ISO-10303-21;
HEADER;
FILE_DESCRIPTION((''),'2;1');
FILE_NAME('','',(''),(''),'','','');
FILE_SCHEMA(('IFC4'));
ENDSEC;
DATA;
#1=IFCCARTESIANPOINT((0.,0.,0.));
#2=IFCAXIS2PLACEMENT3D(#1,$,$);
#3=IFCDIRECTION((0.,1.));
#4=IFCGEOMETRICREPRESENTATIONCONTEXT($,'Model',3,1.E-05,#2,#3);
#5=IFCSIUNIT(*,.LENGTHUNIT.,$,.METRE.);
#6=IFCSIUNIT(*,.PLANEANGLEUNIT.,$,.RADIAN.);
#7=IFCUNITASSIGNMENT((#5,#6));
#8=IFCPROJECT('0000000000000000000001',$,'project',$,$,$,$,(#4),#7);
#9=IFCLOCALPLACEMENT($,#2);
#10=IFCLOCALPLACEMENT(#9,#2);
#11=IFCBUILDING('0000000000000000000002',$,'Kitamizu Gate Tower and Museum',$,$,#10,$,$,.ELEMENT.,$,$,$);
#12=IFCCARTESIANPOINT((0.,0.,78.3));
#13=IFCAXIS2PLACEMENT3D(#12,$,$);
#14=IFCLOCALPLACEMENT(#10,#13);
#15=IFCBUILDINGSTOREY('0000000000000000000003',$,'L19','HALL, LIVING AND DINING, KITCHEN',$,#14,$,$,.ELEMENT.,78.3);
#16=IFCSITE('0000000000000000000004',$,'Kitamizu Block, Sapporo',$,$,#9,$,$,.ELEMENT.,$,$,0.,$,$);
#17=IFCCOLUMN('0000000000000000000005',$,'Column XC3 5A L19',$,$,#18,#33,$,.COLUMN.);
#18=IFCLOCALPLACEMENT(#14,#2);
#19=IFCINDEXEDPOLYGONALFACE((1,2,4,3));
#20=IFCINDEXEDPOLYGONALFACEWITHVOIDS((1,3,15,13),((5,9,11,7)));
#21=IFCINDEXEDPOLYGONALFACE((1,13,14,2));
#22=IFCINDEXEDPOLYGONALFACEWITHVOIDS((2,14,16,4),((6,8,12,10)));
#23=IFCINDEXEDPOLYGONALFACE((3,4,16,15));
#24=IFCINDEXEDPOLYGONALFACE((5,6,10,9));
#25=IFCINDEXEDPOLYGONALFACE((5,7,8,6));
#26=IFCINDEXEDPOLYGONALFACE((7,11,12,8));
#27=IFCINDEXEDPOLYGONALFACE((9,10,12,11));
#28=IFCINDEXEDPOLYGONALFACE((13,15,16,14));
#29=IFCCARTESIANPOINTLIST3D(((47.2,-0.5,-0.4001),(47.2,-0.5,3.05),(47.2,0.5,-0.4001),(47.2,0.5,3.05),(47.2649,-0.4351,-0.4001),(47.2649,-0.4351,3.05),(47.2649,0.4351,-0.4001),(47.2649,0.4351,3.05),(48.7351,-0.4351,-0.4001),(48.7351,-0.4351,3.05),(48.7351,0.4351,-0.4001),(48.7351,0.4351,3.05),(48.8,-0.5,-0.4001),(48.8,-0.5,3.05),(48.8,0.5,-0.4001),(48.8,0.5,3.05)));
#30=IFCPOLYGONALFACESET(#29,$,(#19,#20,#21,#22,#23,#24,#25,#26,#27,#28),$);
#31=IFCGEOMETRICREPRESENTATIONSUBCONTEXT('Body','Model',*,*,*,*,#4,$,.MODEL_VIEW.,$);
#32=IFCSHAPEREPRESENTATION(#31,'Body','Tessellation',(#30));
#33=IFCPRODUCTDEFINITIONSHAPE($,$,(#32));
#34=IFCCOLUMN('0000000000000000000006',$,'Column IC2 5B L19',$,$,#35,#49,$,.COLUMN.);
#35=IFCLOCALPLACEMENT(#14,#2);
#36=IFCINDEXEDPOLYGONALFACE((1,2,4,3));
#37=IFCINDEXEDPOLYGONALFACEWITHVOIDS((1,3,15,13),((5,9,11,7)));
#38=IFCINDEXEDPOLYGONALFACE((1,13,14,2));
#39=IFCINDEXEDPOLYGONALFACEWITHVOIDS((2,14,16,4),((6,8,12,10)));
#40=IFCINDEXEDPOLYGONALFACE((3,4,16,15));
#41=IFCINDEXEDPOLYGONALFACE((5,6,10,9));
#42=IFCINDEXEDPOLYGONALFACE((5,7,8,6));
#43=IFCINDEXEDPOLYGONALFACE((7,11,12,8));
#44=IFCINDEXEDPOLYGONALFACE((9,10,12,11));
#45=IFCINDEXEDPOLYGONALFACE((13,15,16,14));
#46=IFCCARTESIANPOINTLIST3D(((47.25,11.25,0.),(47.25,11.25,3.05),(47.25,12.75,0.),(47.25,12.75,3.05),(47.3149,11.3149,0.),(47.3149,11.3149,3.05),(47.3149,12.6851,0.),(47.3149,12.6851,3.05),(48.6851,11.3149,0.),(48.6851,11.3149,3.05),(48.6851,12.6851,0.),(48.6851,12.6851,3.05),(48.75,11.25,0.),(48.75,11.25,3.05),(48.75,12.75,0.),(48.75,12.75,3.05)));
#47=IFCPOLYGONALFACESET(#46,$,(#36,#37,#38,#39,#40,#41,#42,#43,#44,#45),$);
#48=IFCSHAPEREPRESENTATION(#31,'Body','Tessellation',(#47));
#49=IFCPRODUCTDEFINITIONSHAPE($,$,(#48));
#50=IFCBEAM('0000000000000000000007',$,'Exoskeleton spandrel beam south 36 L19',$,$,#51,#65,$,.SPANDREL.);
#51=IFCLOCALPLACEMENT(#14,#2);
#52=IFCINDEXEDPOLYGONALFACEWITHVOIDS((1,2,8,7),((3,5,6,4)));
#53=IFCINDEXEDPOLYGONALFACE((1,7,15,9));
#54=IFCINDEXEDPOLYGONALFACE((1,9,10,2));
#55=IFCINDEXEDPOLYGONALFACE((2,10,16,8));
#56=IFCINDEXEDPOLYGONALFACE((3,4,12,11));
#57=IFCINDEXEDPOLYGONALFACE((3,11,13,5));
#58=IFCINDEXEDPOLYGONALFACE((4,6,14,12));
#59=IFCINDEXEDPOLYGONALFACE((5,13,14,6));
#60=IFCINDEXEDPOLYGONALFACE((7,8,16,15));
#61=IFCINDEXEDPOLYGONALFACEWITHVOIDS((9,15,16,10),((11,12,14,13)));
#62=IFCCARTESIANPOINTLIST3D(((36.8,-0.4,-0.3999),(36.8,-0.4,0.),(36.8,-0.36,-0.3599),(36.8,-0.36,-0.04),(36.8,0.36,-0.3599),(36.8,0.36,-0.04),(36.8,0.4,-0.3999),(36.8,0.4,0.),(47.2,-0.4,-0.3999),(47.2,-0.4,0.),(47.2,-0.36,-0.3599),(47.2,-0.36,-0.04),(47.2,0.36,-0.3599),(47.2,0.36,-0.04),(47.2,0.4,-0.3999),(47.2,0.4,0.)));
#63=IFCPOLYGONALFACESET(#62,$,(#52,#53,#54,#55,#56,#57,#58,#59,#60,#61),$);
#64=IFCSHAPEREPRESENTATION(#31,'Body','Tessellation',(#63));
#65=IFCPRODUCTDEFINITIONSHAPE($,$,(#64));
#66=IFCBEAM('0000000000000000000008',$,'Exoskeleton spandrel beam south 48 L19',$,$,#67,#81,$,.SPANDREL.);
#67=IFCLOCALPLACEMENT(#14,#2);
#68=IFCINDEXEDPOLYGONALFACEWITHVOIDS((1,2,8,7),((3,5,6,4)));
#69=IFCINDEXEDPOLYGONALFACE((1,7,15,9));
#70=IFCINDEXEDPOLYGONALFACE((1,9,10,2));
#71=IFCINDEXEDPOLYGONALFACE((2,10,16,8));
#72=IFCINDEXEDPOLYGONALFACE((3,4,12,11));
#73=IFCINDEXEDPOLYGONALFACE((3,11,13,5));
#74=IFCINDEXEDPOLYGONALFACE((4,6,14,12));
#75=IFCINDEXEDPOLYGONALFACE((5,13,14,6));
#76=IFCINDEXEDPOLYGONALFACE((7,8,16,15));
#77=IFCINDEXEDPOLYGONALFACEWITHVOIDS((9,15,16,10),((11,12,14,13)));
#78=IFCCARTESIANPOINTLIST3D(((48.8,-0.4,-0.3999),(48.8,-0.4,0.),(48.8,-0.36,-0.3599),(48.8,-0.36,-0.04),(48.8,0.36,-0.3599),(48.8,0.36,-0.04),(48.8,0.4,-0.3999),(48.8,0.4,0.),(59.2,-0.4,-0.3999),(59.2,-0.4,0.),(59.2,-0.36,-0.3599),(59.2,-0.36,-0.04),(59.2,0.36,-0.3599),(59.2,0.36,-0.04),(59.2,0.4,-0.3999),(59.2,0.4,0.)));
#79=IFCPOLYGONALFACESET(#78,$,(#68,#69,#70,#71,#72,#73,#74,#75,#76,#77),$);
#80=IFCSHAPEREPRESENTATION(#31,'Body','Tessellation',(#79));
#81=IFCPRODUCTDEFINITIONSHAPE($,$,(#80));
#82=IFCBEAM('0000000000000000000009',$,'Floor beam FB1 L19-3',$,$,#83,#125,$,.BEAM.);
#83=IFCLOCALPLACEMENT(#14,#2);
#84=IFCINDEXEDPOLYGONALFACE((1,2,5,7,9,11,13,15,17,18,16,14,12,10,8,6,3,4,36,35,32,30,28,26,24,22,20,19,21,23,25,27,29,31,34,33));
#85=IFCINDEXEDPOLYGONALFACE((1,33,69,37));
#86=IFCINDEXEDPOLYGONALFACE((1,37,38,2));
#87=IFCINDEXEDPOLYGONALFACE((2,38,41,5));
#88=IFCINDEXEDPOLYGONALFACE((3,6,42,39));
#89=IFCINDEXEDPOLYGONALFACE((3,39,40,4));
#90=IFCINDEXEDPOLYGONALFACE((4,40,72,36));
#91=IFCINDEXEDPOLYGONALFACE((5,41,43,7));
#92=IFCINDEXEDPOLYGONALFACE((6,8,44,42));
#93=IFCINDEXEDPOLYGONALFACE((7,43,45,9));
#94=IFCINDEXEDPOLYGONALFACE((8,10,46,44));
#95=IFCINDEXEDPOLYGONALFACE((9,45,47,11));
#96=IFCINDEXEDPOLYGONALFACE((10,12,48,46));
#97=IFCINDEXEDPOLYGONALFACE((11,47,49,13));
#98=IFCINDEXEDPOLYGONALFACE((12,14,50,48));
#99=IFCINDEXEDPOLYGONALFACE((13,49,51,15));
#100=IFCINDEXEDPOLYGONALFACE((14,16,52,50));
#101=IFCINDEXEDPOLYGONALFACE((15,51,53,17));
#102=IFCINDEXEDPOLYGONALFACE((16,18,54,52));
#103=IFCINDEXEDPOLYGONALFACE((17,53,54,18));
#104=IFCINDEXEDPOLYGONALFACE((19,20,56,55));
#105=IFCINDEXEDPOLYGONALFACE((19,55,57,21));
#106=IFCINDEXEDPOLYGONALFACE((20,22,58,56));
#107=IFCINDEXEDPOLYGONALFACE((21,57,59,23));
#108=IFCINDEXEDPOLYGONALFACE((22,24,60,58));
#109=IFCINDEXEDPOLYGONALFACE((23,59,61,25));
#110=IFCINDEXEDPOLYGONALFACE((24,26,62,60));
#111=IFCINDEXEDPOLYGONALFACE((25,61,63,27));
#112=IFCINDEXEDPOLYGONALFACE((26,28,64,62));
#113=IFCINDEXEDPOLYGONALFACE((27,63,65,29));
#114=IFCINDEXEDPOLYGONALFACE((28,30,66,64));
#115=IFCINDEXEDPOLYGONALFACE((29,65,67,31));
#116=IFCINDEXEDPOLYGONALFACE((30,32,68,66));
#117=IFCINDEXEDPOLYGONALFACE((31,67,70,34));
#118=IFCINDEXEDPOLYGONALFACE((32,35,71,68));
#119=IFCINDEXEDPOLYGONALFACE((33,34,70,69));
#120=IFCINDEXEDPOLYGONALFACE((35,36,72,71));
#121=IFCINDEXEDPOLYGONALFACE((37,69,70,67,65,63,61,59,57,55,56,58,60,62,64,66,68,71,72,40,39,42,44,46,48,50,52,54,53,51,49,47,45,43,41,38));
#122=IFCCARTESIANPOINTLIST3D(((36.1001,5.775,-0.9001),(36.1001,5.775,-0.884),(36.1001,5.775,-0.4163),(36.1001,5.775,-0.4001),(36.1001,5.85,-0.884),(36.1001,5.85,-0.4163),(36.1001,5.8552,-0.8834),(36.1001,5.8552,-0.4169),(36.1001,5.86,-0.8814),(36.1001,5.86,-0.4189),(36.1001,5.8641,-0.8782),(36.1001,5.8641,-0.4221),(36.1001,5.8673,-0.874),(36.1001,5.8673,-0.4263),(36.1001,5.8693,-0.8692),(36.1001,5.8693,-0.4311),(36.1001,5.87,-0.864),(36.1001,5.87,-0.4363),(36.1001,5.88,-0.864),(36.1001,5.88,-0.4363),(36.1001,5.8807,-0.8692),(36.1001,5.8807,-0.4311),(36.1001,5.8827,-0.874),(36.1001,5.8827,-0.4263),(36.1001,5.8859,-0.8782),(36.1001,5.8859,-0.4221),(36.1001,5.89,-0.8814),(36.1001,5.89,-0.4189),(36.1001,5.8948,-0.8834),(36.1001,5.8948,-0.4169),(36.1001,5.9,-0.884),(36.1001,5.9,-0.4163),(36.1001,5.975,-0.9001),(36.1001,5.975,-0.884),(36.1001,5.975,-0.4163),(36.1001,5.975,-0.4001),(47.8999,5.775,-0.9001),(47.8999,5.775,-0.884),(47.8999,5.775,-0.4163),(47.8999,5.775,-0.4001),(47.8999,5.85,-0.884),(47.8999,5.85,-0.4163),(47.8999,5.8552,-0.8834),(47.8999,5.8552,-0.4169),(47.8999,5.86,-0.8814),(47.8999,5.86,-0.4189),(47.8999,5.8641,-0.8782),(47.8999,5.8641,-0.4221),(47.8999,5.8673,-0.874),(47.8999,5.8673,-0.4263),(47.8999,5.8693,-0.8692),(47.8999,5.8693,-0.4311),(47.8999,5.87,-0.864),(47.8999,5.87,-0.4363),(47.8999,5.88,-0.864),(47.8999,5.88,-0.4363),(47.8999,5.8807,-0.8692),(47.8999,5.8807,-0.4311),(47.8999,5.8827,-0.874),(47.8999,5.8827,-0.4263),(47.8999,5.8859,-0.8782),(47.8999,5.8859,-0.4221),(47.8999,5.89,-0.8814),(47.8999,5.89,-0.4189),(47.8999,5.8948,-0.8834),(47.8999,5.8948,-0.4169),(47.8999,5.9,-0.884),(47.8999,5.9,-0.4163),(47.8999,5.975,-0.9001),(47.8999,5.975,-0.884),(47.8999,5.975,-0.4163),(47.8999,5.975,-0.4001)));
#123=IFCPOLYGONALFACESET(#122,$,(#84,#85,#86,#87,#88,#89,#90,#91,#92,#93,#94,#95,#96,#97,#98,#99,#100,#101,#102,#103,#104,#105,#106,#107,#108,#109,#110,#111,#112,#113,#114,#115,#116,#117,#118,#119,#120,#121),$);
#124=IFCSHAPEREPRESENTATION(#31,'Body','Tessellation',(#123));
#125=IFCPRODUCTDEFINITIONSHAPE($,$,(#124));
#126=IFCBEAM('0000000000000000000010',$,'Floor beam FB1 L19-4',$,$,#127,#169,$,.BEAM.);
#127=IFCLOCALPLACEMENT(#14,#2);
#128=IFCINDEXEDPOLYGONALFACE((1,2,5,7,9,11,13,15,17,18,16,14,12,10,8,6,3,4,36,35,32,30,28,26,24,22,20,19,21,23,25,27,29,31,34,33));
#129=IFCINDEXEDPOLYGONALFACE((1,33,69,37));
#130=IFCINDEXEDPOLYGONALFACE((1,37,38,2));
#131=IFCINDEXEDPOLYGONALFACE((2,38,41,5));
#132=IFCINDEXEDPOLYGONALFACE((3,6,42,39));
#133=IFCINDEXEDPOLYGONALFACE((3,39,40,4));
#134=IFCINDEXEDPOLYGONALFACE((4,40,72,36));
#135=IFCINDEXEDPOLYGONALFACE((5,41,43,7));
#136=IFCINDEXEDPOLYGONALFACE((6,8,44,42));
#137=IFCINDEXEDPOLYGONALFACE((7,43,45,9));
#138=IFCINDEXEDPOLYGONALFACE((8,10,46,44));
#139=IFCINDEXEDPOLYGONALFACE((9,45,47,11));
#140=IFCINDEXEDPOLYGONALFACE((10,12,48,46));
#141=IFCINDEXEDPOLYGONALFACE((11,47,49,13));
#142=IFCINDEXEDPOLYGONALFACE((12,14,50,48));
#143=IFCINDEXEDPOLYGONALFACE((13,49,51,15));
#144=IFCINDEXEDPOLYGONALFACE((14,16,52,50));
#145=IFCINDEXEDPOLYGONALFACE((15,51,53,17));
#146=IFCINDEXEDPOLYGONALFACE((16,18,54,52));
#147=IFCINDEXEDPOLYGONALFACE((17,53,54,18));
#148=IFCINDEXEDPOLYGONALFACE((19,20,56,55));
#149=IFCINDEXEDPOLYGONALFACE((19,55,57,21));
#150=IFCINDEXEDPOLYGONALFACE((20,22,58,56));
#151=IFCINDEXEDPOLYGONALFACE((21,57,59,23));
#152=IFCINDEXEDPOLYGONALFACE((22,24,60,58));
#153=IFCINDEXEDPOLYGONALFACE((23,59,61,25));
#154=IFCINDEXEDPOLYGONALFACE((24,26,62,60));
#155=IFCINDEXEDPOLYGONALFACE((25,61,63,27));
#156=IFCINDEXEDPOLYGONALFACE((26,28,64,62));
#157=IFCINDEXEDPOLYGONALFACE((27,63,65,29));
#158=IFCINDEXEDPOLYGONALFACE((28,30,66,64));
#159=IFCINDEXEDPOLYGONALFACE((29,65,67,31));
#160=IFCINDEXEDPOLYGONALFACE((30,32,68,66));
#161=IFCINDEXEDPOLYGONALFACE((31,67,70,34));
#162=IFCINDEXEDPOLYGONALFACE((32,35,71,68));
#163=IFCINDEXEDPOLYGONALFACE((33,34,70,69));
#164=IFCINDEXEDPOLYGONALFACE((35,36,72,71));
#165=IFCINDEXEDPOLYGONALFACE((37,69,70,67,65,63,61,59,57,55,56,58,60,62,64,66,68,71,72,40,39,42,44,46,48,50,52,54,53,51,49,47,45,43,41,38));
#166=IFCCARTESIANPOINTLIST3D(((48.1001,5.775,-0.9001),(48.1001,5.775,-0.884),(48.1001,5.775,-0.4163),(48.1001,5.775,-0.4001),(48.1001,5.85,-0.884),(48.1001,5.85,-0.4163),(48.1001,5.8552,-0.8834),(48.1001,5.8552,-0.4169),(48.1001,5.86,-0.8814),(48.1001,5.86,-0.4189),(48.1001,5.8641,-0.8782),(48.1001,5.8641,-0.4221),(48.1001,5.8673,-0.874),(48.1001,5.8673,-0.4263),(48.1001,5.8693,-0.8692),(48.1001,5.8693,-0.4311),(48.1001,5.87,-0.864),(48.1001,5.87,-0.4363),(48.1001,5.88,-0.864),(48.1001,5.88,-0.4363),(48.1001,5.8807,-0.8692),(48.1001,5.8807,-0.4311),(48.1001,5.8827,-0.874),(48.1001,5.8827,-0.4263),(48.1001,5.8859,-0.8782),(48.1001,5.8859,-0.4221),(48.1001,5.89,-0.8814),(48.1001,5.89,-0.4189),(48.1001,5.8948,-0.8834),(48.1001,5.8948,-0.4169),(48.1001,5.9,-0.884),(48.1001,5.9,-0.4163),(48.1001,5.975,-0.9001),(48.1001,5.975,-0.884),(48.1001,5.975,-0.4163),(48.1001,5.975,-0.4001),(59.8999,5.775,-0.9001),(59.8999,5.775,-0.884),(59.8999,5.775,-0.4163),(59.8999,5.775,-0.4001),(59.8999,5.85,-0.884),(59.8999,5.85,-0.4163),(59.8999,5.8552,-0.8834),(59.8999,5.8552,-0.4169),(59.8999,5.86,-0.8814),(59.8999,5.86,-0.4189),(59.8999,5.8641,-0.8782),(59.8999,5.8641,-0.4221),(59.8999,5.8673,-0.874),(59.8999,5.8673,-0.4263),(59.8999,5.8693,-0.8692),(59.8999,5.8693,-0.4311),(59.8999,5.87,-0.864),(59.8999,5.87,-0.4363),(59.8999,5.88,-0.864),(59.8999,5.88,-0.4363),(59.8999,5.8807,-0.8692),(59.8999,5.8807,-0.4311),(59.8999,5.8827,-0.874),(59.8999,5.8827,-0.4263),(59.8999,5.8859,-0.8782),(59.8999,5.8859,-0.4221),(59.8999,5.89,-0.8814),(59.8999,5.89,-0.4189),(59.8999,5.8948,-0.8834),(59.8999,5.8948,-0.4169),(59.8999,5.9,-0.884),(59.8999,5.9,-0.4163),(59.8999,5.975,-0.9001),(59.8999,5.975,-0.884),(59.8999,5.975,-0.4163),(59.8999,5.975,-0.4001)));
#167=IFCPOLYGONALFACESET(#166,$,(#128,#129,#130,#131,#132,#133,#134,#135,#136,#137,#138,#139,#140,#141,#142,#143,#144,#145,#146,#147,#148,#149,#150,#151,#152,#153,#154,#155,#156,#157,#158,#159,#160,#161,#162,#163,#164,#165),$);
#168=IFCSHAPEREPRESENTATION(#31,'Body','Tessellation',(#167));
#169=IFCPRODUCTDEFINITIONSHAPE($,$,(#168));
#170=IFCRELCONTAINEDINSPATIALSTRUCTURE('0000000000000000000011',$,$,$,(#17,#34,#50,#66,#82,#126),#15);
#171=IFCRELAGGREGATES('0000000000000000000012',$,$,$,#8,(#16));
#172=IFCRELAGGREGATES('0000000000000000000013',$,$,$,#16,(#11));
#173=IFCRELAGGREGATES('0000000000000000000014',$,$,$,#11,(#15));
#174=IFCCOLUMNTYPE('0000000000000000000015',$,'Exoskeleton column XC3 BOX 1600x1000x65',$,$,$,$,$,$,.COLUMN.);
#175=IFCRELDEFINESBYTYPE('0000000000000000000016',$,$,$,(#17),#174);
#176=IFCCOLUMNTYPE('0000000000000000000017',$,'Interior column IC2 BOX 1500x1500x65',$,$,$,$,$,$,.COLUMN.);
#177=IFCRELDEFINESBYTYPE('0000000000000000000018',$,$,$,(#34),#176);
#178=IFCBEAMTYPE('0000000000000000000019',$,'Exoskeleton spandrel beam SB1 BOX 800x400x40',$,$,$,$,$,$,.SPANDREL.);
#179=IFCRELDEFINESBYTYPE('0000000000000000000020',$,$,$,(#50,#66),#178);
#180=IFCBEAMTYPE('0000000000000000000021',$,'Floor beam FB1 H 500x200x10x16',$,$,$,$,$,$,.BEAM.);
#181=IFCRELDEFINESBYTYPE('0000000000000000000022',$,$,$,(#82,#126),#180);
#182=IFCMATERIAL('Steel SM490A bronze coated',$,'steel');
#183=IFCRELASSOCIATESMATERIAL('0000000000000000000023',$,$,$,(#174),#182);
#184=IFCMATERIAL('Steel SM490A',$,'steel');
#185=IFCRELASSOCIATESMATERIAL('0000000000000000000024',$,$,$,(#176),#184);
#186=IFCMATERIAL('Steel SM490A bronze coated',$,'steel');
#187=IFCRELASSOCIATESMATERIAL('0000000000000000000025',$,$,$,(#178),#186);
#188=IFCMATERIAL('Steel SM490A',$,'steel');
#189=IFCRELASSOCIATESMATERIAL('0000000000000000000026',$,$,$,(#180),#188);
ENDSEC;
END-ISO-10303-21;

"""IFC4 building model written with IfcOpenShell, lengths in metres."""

from ifc_helpers import new_model, si_unit, direction, frame, origin, origin_2d, place, context, subcontext, project, spatial, hollow_rectangle, i_section, extrude, material, material_profile, profile_set, type_object, element, save


model = new_model("IFC4")

# Units and contexts
model_context = context("Model", 3, precision=1e-05, world=origin(), true_north=direction((0.0, 1.0)))
body_context = subcontext(model_context, "Body", "Model", "MODEL_VIEW")
ifc_project = project(units=[si_unit("LENGTHUNIT", "METRE"), si_unit("PLANEANGLEUNIT", "RADIAN")], contexts=[model_context])

# Site, building, storey
site_placement = place(None, origin())
site = spatial("IfcSite", under=ifc_project, at=site_placement, Name="Kitamizu Block, Sapporo", CompositionType="ELEMENT", RefElevation=0.0)
building_placement = place(site_placement, origin())
building = spatial("IfcBuilding", under=site, at=building_placement, Name="Kitamizu Gate Tower and Museum", CompositionType="ELEMENT")
storey_placement = place(building_placement, frame((0.0, 0.0, 78.3)))
storey = spatial("IfcBuildingStorey", under=building, at=storey_placement, Name="L19", Description="HALL, LIVING AND DINING, KITCHEN", CompositionType="ELEMENT", Elevation=78.3)

# Columns
ifc_material_1 = material(Name="Steel SM490A bronze coated", Category="steel")
ifc_material_profile_1 = material_profile(ifc_material_1, hollow_rectangle(XDim=1.6001, YDim=1.0, WallThickness=0.0649, at=origin_2d()), Name="BOX 1600x1000x65")
ifc_profile_set_1 = profile_set([ifc_material_profile_1], Name="Steel SM490A bronze coated")
column_type_1 = type_object("IfcColumnType", Name="Exoskeleton column XC3 BOX 1600x1000x65", PredefinedType="COLUMN", material=ifc_profile_set_1)
column_1_placement = place(storey_placement, frame((48.0, 0.0, -0.4001), z_axis=(0.0, 0.0, 1.0), x_axis=(1.0, 0.0, 0.0)))
element("IfcColumn", 1, at=column_1_placement, inside=storey, type_object=column_type_1, Name="Column XC3 5A L19", PredefinedType="COLUMN", context=body_context, shape_type="SweptSolid", body=[
    extrude(hollow_rectangle(XDim=1.6001, YDim=1.0, WallThickness=0.0649, at=origin_2d()), origin(), (0.0, 0.0, 1.0), 3.4502),
])
ifc_material_2 = material(Name="Steel SM490A", Category="steel")
ifc_material_profile_2 = material_profile(ifc_material_2, hollow_rectangle(XDim=1.5, YDim=1.5, WallThickness=0.0649, at=origin_2d()), Name="BOX 1500x1500x65")
ifc_profile_set_2 = profile_set([ifc_material_profile_2], Name="Steel SM490A")
column_type_2 = type_object("IfcColumnType", Name="Interior column IC2 BOX 1500x1500x65", PredefinedType="COLUMN", material=ifc_profile_set_2)
column_2_placement = place(storey_placement, frame((48.0, 12.0, 0.0), z_axis=(0.0, 0.0, 1.0), x_axis=(1.0, 0.0, 0.0)))
element("IfcColumn", 2, at=column_2_placement, inside=storey, type_object=column_type_2, Name="Column IC2 5B L19", PredefinedType="COLUMN", context=body_context, shape_type="SweptSolid", body=[
    extrude(hollow_rectangle(XDim=1.5, YDim=1.5, WallThickness=0.0649, at=origin_2d()), origin(), (0.0, 0.0, 1.0), 3.05),
])

# Beams
ifc_material_3 = material(Name="Steel SM490A bronze coated", Category="steel")
ifc_material_profile_3 = material_profile(ifc_material_3, hollow_rectangle(XDim=0.8, YDim=0.3999, WallThickness=0.04, at=origin_2d()), Name="BOX 800x400x40")
ifc_profile_set_3 = profile_set([ifc_material_profile_3], Name="Steel SM490A bronze coated")
beam_type_1 = type_object("IfcBeamType", Name="Exoskeleton spandrel beam SB1 BOX 800x400x40", PredefinedType="SPANDREL", material=ifc_profile_set_3)
for number, where, z_axis, x_axis, name in (
    (3, (36.8, 0.0, -0.2), (1.0, 0.0, 0.0), (0.0, 1.0, 0.0), "Exoskeleton spandrel beam south 36 L19"),
    (4, (48.8, 0.0, -0.2), (1.0, 0.0, 0.0), (0.0, 1.0, 0.0), "Exoskeleton spandrel beam south 48 L19"),
):
    element("IfcBeam", number, at=place(storey_placement, frame(where, z_axis=z_axis, x_axis=x_axis)), inside=storey, type_object=beam_type_1, Name=name, PredefinedType="SPANDREL", context=body_context, shape_type="SweptSolid", body=[
        extrude(hollow_rectangle(XDim=0.8, YDim=0.3999, WallThickness=0.04, at=origin_2d()), origin(), (0.0, 0.0, 1.0), 10.3999),
    ])
ifc_material_4 = material(Name="Steel SM490A", Category="steel")
ifc_material_profile_4 = material_profile(ifc_material_4, i_section(OverallWidth=0.2, OverallDepth=0.5, WebThickness=0.01, FlangeThickness=0.0161, FilletRadius=0.02, at=origin_2d()), Name="H-500x200x10x16")
ifc_profile_set_4 = profile_set([ifc_material_profile_4], Name="Steel SM490A")
beam_type_2 = type_object("IfcBeamType", Name="Floor beam FB1 H 500x200x10x16", PredefinedType="BEAM", material=ifc_profile_set_4)
for number, where, z_axis, x_axis, name in (
    (5, (36.1001, 5.875, -0.6501), (1.0, 0.0, 0.0), (0.0, 1.0, 0.0), "Floor beam FB1 L19-3"),
    (6, (48.1001, 5.875, -0.6501), (1.0, 0.0, 0.0), (0.0, 1.0, 0.0), "Floor beam FB1 L19-4"),
):
    element("IfcBeam", number, at=place(storey_placement, frame(where, z_axis=z_axis, x_axis=x_axis)), inside=storey, type_object=beam_type_2, Name=name, PredefinedType="BEAM", context=body_context, shape_type="SweptSolid", body=[
        extrude(i_section(OverallWidth=0.2, OverallDepth=0.5, WebThickness=0.01, FlangeThickness=0.0161, FilletRadius=0.02, at=origin_2d()), origin(), (0.0, 0.0, 1.0), 11.7998),
    ])

save(model, "model.ifc")
